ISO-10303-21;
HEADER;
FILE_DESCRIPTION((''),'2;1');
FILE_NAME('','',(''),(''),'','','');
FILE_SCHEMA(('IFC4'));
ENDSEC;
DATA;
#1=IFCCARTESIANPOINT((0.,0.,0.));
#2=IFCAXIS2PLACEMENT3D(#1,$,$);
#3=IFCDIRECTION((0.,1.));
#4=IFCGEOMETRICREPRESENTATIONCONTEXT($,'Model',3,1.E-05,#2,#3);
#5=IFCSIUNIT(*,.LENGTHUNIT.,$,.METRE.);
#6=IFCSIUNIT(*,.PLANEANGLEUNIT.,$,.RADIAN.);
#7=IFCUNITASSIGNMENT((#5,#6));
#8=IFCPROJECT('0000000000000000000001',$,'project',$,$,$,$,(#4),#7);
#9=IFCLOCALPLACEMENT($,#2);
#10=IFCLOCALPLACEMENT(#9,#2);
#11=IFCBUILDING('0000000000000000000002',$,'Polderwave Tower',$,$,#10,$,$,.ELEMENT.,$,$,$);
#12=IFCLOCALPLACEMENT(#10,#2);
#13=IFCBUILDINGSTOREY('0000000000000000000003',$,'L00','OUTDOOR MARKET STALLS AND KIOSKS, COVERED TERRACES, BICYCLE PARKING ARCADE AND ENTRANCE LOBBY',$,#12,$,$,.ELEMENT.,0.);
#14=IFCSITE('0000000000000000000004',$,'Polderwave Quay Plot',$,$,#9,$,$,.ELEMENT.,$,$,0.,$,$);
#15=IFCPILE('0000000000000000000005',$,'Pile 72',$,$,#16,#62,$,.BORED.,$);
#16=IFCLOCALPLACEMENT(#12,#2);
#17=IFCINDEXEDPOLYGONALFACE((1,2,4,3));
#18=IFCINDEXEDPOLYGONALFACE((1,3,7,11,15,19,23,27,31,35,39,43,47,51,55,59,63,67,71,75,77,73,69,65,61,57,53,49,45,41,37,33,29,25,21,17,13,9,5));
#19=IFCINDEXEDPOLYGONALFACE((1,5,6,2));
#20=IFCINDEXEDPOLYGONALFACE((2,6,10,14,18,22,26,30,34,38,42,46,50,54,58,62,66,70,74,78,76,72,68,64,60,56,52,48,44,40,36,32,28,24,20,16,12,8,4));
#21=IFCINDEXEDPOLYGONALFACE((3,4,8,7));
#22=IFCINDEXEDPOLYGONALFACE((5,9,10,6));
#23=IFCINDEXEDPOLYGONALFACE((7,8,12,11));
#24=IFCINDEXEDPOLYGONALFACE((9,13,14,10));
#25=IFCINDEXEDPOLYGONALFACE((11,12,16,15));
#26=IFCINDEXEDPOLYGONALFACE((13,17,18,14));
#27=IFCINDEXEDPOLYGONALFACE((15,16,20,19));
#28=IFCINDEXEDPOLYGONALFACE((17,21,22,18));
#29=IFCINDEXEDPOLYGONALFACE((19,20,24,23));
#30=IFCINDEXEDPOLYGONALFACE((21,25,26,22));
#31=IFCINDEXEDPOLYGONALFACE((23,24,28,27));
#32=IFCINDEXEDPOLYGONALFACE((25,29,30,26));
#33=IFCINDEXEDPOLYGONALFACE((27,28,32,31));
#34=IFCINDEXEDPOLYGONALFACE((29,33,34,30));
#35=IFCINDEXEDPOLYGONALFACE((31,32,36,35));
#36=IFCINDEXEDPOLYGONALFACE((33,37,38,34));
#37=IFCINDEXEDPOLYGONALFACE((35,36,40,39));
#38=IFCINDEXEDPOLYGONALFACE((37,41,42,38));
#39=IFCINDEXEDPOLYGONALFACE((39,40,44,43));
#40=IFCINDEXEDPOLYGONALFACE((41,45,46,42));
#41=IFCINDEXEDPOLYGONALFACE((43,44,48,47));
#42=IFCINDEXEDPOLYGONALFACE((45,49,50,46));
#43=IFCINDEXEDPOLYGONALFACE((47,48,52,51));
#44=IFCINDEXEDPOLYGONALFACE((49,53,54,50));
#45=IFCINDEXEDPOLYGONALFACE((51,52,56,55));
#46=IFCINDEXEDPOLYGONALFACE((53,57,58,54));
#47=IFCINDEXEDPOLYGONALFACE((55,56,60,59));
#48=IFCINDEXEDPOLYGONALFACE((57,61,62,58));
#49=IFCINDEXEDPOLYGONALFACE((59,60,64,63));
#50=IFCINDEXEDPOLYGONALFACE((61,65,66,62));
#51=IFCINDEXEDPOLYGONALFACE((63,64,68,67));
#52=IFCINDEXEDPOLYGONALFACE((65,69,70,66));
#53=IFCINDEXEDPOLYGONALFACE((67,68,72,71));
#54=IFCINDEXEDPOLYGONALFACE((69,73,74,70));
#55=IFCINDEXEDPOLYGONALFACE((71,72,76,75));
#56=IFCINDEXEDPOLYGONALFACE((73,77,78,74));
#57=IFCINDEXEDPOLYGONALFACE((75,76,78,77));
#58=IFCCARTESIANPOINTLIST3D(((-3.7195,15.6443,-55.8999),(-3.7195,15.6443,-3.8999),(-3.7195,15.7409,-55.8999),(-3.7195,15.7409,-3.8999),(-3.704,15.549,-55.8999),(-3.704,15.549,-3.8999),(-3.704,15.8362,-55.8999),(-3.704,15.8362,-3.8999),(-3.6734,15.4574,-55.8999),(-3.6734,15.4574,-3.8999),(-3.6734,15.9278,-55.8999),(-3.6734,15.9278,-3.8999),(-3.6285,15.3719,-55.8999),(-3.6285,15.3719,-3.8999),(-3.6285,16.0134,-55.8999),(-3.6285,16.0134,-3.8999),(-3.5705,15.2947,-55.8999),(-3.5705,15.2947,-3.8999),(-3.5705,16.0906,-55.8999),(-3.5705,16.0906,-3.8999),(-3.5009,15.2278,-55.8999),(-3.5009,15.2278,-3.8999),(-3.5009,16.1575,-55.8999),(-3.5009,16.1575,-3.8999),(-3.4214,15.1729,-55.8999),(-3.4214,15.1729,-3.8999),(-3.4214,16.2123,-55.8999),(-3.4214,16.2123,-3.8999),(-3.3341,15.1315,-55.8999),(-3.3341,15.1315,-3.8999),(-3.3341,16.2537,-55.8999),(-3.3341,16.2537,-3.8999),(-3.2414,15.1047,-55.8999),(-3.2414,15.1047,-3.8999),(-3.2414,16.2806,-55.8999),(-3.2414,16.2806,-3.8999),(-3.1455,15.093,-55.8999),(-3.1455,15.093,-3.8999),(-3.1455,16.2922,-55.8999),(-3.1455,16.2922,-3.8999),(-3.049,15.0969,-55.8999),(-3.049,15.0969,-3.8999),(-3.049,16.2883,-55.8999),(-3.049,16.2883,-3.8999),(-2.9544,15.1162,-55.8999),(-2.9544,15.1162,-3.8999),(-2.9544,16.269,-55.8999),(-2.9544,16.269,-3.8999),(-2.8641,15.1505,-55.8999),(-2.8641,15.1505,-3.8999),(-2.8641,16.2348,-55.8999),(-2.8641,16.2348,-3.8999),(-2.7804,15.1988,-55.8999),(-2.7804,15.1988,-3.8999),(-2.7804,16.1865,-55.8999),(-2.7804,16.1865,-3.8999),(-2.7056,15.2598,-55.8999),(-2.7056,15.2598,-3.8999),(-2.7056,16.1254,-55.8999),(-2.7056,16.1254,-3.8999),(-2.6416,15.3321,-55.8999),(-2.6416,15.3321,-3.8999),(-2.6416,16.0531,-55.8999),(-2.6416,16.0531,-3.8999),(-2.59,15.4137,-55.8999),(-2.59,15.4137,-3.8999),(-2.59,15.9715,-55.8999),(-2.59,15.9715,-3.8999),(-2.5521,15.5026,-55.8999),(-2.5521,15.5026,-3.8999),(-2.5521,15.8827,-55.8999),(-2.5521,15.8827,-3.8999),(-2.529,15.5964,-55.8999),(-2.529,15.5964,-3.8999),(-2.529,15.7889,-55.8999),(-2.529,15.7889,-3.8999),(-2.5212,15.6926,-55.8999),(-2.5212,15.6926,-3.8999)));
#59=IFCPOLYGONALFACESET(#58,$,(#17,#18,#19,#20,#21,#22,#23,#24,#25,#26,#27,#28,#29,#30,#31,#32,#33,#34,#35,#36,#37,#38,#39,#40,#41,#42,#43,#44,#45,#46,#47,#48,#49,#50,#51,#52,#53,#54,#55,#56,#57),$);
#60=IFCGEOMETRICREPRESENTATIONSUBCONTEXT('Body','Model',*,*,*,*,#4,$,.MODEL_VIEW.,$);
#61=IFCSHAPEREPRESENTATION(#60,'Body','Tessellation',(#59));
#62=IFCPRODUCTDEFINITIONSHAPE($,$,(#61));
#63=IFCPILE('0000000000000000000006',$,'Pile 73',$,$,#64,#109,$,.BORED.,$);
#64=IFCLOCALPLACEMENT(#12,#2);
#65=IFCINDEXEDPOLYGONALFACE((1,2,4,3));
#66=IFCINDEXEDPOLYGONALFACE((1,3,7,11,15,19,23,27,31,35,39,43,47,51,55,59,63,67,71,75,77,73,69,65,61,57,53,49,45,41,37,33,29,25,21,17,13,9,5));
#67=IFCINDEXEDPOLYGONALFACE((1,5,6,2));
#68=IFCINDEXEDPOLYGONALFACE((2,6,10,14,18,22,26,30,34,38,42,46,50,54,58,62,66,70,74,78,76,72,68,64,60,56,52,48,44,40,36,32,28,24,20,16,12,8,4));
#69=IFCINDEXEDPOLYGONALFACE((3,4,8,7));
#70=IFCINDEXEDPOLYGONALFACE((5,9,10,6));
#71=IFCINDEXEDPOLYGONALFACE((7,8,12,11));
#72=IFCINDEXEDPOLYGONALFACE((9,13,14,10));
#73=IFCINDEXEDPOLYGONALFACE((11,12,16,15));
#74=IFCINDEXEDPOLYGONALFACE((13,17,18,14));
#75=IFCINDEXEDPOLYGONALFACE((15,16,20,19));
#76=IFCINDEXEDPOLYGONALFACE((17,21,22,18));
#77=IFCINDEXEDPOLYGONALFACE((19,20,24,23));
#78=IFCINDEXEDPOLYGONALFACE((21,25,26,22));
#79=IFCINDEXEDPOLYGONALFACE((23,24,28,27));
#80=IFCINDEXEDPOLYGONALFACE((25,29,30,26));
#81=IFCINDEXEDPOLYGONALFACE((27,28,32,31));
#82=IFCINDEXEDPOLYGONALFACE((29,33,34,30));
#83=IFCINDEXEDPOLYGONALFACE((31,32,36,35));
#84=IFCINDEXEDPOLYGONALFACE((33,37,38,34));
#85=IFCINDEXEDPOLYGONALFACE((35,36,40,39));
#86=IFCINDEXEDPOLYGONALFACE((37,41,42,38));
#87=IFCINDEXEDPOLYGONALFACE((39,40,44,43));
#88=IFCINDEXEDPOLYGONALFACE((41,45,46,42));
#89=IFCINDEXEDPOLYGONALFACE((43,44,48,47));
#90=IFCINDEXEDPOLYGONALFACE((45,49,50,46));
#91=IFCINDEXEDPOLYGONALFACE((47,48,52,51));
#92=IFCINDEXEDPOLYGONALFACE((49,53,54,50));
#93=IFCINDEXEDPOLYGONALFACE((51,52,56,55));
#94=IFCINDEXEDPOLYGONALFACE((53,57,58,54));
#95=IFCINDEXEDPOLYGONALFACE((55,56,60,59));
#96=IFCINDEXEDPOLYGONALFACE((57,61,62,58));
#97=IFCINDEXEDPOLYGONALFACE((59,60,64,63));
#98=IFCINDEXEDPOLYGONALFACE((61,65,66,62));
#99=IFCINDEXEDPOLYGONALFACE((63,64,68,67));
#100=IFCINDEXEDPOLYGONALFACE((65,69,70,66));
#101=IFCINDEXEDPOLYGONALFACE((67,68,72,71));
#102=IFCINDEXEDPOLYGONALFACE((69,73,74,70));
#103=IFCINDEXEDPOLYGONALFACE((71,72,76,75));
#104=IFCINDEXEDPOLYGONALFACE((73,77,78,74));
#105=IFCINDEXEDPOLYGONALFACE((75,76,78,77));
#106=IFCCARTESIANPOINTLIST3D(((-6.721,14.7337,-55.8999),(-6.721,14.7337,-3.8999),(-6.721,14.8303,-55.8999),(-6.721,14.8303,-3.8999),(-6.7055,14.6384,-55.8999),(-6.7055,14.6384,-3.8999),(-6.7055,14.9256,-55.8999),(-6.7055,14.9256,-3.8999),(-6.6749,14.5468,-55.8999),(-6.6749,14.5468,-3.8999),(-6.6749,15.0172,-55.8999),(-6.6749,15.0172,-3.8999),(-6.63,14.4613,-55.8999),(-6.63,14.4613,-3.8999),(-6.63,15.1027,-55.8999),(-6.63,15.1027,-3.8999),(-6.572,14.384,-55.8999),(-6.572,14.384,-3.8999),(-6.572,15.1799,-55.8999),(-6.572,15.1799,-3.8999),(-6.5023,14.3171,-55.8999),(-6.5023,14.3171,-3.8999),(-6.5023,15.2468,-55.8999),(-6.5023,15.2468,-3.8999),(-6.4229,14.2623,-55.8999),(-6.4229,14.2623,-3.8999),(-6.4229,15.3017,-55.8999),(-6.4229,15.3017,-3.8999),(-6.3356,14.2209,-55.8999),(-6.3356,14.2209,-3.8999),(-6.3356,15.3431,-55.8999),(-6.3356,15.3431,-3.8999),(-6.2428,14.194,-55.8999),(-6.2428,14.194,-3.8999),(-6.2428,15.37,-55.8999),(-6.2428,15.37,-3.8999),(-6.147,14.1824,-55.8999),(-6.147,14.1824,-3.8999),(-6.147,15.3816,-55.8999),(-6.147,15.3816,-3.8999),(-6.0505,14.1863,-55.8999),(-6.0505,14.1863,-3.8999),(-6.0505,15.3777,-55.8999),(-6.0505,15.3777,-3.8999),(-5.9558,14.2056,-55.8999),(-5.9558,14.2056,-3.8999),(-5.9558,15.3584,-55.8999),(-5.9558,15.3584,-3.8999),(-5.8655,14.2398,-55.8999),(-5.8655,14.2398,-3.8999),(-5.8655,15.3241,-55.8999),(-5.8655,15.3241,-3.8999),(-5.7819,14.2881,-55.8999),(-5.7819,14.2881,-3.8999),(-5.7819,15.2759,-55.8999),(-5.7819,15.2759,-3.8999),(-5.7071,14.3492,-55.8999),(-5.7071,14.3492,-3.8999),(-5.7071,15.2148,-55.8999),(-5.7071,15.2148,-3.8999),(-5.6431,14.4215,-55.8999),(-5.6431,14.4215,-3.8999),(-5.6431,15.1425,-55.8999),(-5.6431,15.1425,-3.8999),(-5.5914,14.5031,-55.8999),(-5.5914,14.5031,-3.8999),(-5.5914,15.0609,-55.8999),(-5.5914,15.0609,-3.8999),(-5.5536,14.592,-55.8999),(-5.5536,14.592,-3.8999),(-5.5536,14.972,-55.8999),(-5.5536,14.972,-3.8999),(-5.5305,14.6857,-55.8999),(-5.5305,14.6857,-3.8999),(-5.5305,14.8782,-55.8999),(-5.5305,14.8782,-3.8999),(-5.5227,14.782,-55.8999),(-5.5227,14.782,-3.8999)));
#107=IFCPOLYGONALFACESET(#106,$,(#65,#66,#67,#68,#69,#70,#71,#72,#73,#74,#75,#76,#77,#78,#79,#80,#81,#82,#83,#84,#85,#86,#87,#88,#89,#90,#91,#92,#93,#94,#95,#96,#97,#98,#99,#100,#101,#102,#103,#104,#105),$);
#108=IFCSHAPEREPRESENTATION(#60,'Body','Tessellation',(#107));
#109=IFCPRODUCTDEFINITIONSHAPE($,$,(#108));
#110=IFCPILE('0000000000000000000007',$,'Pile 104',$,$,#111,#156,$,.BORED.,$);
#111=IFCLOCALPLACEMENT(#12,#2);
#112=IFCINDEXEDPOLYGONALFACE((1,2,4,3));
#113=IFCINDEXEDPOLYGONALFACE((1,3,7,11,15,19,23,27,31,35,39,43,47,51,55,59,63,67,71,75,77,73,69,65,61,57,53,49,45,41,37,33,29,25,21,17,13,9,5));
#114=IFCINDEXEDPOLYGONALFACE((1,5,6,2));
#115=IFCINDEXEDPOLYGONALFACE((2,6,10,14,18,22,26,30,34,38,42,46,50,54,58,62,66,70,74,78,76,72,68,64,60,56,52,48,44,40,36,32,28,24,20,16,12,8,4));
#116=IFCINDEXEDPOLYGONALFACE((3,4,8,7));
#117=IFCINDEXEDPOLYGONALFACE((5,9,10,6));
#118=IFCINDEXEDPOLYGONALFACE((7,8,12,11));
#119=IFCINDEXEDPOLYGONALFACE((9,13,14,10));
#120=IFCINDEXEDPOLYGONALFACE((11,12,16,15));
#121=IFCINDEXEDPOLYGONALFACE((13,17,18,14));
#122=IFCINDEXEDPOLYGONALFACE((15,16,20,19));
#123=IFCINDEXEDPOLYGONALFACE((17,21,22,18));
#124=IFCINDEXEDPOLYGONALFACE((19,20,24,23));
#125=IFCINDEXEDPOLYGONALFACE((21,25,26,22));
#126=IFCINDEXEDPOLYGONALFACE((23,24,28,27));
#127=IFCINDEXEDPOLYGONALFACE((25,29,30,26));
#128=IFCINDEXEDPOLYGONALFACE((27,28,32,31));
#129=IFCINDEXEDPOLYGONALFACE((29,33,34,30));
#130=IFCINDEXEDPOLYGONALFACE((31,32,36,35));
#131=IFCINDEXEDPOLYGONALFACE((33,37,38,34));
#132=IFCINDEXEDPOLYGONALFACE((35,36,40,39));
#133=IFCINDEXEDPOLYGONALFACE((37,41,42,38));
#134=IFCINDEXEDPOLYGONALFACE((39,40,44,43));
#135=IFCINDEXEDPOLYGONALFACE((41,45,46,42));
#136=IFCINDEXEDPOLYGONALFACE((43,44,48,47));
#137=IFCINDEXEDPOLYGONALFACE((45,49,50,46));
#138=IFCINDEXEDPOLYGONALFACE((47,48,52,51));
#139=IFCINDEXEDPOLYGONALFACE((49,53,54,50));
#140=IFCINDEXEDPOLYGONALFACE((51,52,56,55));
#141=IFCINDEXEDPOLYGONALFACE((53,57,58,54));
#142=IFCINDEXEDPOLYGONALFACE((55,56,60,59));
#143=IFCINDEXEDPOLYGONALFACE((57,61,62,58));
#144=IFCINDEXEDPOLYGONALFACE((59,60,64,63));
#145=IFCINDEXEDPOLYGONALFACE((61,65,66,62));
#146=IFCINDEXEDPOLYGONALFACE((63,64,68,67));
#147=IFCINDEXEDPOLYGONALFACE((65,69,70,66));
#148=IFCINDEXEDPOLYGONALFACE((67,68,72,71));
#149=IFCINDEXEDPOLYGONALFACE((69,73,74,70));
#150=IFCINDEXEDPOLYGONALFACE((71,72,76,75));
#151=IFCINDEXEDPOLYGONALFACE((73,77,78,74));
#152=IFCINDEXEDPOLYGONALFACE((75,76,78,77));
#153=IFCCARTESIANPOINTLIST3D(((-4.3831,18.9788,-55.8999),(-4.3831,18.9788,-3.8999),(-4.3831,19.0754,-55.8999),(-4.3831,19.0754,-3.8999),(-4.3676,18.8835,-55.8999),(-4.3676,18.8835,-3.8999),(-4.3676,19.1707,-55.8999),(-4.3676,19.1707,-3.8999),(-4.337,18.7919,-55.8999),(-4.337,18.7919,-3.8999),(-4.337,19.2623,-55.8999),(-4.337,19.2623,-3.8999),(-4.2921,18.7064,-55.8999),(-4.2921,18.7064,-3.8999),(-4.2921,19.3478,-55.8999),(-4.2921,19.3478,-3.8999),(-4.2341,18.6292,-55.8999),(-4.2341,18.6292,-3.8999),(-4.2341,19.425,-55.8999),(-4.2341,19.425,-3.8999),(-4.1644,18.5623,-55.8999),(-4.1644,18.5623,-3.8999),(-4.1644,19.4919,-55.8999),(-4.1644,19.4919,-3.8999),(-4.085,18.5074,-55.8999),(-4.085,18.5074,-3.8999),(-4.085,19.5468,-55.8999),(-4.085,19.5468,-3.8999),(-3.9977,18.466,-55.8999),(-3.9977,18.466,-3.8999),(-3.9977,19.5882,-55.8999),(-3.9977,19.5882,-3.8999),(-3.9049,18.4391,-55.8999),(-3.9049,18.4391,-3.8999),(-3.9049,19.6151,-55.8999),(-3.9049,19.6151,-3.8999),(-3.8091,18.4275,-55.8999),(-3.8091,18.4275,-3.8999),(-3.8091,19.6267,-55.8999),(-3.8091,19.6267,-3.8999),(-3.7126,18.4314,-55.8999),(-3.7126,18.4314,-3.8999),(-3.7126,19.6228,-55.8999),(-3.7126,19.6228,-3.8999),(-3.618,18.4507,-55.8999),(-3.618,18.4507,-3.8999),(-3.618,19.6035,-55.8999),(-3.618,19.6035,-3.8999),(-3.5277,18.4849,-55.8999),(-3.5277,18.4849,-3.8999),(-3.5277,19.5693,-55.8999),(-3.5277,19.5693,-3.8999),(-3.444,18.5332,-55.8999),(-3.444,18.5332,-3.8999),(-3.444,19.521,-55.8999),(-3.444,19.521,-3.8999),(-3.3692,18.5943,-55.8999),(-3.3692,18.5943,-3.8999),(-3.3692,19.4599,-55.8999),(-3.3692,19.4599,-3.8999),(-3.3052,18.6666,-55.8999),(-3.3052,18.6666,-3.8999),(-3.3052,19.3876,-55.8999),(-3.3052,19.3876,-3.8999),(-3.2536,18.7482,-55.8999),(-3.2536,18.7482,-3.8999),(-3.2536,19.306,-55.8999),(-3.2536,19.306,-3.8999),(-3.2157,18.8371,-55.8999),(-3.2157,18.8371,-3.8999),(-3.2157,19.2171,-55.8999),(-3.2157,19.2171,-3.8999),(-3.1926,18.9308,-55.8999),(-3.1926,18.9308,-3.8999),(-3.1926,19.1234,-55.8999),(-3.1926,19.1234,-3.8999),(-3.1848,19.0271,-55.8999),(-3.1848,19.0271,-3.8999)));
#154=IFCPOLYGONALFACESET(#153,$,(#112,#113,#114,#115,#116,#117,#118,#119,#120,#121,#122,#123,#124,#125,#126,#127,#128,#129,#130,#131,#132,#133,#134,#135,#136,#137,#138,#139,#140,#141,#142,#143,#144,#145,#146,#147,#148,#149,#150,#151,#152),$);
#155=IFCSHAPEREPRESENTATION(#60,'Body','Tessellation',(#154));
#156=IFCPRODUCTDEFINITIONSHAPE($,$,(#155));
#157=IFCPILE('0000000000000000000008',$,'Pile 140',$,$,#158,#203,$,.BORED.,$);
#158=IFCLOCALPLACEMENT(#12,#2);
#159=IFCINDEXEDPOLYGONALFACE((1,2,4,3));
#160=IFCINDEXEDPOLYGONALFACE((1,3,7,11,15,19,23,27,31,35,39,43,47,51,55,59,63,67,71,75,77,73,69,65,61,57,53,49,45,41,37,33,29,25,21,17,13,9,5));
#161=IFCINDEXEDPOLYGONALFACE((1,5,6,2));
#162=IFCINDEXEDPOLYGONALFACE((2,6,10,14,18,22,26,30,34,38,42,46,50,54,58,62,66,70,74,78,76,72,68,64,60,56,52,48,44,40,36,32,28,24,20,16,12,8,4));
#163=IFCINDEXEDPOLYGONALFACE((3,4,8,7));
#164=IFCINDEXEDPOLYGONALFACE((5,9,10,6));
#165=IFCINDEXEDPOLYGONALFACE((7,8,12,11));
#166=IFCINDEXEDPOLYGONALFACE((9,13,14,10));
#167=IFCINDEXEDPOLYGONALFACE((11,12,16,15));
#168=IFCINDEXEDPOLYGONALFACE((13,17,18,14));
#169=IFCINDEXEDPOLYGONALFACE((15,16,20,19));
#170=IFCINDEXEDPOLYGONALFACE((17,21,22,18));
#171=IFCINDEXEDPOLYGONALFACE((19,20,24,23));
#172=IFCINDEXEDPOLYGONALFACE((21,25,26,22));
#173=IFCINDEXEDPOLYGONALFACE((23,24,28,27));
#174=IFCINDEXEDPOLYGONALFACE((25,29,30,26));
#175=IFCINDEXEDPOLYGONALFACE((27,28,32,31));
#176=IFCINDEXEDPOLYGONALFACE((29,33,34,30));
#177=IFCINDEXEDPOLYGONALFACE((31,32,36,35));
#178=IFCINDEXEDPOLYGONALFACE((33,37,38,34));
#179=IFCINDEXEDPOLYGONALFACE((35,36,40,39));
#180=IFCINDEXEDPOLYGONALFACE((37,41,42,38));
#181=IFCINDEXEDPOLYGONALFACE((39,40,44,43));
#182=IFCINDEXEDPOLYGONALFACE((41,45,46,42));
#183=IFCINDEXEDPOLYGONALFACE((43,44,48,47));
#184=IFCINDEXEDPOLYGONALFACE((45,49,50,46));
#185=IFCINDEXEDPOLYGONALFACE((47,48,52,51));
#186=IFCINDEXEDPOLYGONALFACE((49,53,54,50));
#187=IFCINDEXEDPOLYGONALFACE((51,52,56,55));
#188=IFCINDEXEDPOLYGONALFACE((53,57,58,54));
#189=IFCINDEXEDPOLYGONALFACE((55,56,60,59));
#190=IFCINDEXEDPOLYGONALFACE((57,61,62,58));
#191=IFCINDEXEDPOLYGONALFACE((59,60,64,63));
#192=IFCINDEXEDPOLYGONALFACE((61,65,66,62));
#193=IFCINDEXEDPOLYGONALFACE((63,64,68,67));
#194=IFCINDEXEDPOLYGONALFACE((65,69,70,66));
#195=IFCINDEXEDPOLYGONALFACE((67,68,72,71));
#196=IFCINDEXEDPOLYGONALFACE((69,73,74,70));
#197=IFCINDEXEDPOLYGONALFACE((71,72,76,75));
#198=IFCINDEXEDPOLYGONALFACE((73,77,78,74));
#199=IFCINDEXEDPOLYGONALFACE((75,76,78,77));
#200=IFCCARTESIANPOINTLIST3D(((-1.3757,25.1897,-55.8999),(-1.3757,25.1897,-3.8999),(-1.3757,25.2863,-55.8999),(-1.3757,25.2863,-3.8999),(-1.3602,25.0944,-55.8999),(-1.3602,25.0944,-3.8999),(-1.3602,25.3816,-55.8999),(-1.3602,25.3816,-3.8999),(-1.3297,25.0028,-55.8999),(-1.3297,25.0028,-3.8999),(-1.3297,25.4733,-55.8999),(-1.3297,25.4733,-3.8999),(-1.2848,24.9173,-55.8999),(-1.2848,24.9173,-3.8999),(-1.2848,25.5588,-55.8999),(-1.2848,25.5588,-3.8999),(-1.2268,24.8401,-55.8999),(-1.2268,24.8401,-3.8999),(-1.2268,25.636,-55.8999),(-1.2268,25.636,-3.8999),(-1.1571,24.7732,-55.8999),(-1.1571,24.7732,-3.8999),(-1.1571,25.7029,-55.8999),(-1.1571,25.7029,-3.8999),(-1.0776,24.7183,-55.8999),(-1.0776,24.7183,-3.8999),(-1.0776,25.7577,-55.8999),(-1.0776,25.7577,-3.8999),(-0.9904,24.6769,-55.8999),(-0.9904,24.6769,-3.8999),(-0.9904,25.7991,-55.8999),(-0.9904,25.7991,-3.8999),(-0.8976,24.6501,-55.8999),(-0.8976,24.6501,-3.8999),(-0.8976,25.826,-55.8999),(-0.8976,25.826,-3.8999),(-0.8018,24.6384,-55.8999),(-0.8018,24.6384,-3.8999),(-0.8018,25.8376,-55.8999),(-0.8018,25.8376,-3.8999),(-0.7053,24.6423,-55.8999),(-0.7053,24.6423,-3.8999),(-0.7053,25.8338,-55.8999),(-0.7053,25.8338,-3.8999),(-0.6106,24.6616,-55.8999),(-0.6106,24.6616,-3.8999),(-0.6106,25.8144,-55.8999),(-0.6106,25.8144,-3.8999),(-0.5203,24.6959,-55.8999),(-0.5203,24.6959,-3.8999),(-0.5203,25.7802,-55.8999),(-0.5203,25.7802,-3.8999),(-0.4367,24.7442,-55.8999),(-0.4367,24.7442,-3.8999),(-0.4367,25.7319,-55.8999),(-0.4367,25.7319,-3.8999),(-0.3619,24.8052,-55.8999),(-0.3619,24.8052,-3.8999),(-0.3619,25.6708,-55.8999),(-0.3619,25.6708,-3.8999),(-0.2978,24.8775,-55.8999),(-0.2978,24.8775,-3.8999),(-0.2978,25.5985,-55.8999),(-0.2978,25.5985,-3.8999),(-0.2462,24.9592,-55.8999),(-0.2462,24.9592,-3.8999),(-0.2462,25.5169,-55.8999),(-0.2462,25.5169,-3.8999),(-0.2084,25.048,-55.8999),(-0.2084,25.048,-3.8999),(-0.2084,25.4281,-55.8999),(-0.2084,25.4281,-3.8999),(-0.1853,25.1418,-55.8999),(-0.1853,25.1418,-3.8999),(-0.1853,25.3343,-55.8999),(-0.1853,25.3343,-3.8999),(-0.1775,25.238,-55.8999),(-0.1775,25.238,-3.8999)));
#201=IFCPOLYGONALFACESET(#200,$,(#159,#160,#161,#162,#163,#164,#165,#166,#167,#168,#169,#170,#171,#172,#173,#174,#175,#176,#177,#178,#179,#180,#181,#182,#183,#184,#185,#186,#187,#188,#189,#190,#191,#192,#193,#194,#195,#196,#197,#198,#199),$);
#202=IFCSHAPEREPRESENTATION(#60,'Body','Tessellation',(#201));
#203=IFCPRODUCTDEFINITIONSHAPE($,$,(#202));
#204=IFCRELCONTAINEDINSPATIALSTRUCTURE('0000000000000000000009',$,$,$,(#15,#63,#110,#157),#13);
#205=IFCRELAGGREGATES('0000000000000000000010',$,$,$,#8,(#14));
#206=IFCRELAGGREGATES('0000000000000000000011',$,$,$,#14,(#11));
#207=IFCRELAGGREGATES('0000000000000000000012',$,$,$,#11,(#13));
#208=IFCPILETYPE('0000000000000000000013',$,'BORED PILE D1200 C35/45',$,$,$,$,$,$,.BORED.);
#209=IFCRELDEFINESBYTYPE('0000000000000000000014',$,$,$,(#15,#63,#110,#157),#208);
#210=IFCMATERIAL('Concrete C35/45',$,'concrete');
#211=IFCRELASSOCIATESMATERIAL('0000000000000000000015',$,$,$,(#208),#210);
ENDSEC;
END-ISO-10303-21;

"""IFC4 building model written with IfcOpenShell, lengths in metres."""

from ifc_helpers import new_model, si_unit, direction, frame, origin, origin_2d, place, context, subcontext, project, spatial, circle, extrude, material, material_profile, profile_set, type_object, element, save


model = new_model("IFC4")

# Units and contexts
model_context = context("Model", 3, precision=1e-05, world=origin(), true_north=direction((0.0, 1.0)))
body_context = subcontext(model_context, "Body", "Model", "MODEL_VIEW")
ifc_project = project(units=[si_unit("LENGTHUNIT", "METRE"), si_unit("PLANEANGLEUNIT", "RADIAN")], contexts=[model_context])

# Site, building, storey
site_placement = place(None, origin())
site = spatial("IfcSite", under=ifc_project, at=site_placement, Name="Polderwave Quay Plot", CompositionType="ELEMENT", RefElevation=0.0)
building_placement = place(site_placement, origin())
building = spatial("IfcBuilding", under=site, at=building_placement, Name="Polderwave Tower", CompositionType="ELEMENT")
storey_placement = place(building_placement, origin())
storey = spatial("IfcBuildingStorey", under=building, at=storey_placement, Name="L00", Description="OUTDOOR MARKET STALLS AND KIOSKS, COVERED TERRACES, BICYCLE PARKING ARCADE AND ENTRANCE LOBBY", CompositionType="ELEMENT", Elevation=0.0)

# Piles
ifc_material_1 = material(Name="Concrete C35/45", Category="concrete")
ifc_material_profile_1 = material_profile(ifc_material_1, circle(Radius=0.6001, at=origin_2d()), Name="BORED D1200")
ifc_profile_set_1 = profile_set([ifc_material_profile_1], Name="Concrete C35/45")
pile_type = type_object("IfcPileType", Name="BORED PILE D1200 C35/45", PredefinedType="BORED", material=ifc_profile_set_1)
for number, where, z_axis, x_axis, name in (
    (1, (-3.1213, 15.6926, -3.8999), (0.0, 0.0, -1.0), (1.0, 0.0, 0.0), "Pile 72"),
    (2, (-6.1228, 14.782, -3.8999), (0.0, 0.0, -1.0), (1.0, 0.0, 0.0), "Pile 73"),
    (3, (-3.7849, 19.0271, -3.8999), (0.0, 0.0, -1.0), (1.0, 0.0, 0.0), "Pile 104"),
    (4, (-0.7776, 25.238, -3.8999), (0.0, 0.0, -1.0), (1.0, 0.0, 0.0), "Pile 140"),
):
    element("IfcPile", number, at=place(storey_placement, frame(where, z_axis=z_axis, x_axis=x_axis)), inside=storey, type_object=pile_type, Name=name, PredefinedType="BORED", context=body_context, shape_type="SweptSolid", body=[
        extrude(circle(Radius=0.6001, at=origin_2d()), origin(), (0.0, 0.0, 1.0), 52.0),
    ])

save(model, "model.ifc")
